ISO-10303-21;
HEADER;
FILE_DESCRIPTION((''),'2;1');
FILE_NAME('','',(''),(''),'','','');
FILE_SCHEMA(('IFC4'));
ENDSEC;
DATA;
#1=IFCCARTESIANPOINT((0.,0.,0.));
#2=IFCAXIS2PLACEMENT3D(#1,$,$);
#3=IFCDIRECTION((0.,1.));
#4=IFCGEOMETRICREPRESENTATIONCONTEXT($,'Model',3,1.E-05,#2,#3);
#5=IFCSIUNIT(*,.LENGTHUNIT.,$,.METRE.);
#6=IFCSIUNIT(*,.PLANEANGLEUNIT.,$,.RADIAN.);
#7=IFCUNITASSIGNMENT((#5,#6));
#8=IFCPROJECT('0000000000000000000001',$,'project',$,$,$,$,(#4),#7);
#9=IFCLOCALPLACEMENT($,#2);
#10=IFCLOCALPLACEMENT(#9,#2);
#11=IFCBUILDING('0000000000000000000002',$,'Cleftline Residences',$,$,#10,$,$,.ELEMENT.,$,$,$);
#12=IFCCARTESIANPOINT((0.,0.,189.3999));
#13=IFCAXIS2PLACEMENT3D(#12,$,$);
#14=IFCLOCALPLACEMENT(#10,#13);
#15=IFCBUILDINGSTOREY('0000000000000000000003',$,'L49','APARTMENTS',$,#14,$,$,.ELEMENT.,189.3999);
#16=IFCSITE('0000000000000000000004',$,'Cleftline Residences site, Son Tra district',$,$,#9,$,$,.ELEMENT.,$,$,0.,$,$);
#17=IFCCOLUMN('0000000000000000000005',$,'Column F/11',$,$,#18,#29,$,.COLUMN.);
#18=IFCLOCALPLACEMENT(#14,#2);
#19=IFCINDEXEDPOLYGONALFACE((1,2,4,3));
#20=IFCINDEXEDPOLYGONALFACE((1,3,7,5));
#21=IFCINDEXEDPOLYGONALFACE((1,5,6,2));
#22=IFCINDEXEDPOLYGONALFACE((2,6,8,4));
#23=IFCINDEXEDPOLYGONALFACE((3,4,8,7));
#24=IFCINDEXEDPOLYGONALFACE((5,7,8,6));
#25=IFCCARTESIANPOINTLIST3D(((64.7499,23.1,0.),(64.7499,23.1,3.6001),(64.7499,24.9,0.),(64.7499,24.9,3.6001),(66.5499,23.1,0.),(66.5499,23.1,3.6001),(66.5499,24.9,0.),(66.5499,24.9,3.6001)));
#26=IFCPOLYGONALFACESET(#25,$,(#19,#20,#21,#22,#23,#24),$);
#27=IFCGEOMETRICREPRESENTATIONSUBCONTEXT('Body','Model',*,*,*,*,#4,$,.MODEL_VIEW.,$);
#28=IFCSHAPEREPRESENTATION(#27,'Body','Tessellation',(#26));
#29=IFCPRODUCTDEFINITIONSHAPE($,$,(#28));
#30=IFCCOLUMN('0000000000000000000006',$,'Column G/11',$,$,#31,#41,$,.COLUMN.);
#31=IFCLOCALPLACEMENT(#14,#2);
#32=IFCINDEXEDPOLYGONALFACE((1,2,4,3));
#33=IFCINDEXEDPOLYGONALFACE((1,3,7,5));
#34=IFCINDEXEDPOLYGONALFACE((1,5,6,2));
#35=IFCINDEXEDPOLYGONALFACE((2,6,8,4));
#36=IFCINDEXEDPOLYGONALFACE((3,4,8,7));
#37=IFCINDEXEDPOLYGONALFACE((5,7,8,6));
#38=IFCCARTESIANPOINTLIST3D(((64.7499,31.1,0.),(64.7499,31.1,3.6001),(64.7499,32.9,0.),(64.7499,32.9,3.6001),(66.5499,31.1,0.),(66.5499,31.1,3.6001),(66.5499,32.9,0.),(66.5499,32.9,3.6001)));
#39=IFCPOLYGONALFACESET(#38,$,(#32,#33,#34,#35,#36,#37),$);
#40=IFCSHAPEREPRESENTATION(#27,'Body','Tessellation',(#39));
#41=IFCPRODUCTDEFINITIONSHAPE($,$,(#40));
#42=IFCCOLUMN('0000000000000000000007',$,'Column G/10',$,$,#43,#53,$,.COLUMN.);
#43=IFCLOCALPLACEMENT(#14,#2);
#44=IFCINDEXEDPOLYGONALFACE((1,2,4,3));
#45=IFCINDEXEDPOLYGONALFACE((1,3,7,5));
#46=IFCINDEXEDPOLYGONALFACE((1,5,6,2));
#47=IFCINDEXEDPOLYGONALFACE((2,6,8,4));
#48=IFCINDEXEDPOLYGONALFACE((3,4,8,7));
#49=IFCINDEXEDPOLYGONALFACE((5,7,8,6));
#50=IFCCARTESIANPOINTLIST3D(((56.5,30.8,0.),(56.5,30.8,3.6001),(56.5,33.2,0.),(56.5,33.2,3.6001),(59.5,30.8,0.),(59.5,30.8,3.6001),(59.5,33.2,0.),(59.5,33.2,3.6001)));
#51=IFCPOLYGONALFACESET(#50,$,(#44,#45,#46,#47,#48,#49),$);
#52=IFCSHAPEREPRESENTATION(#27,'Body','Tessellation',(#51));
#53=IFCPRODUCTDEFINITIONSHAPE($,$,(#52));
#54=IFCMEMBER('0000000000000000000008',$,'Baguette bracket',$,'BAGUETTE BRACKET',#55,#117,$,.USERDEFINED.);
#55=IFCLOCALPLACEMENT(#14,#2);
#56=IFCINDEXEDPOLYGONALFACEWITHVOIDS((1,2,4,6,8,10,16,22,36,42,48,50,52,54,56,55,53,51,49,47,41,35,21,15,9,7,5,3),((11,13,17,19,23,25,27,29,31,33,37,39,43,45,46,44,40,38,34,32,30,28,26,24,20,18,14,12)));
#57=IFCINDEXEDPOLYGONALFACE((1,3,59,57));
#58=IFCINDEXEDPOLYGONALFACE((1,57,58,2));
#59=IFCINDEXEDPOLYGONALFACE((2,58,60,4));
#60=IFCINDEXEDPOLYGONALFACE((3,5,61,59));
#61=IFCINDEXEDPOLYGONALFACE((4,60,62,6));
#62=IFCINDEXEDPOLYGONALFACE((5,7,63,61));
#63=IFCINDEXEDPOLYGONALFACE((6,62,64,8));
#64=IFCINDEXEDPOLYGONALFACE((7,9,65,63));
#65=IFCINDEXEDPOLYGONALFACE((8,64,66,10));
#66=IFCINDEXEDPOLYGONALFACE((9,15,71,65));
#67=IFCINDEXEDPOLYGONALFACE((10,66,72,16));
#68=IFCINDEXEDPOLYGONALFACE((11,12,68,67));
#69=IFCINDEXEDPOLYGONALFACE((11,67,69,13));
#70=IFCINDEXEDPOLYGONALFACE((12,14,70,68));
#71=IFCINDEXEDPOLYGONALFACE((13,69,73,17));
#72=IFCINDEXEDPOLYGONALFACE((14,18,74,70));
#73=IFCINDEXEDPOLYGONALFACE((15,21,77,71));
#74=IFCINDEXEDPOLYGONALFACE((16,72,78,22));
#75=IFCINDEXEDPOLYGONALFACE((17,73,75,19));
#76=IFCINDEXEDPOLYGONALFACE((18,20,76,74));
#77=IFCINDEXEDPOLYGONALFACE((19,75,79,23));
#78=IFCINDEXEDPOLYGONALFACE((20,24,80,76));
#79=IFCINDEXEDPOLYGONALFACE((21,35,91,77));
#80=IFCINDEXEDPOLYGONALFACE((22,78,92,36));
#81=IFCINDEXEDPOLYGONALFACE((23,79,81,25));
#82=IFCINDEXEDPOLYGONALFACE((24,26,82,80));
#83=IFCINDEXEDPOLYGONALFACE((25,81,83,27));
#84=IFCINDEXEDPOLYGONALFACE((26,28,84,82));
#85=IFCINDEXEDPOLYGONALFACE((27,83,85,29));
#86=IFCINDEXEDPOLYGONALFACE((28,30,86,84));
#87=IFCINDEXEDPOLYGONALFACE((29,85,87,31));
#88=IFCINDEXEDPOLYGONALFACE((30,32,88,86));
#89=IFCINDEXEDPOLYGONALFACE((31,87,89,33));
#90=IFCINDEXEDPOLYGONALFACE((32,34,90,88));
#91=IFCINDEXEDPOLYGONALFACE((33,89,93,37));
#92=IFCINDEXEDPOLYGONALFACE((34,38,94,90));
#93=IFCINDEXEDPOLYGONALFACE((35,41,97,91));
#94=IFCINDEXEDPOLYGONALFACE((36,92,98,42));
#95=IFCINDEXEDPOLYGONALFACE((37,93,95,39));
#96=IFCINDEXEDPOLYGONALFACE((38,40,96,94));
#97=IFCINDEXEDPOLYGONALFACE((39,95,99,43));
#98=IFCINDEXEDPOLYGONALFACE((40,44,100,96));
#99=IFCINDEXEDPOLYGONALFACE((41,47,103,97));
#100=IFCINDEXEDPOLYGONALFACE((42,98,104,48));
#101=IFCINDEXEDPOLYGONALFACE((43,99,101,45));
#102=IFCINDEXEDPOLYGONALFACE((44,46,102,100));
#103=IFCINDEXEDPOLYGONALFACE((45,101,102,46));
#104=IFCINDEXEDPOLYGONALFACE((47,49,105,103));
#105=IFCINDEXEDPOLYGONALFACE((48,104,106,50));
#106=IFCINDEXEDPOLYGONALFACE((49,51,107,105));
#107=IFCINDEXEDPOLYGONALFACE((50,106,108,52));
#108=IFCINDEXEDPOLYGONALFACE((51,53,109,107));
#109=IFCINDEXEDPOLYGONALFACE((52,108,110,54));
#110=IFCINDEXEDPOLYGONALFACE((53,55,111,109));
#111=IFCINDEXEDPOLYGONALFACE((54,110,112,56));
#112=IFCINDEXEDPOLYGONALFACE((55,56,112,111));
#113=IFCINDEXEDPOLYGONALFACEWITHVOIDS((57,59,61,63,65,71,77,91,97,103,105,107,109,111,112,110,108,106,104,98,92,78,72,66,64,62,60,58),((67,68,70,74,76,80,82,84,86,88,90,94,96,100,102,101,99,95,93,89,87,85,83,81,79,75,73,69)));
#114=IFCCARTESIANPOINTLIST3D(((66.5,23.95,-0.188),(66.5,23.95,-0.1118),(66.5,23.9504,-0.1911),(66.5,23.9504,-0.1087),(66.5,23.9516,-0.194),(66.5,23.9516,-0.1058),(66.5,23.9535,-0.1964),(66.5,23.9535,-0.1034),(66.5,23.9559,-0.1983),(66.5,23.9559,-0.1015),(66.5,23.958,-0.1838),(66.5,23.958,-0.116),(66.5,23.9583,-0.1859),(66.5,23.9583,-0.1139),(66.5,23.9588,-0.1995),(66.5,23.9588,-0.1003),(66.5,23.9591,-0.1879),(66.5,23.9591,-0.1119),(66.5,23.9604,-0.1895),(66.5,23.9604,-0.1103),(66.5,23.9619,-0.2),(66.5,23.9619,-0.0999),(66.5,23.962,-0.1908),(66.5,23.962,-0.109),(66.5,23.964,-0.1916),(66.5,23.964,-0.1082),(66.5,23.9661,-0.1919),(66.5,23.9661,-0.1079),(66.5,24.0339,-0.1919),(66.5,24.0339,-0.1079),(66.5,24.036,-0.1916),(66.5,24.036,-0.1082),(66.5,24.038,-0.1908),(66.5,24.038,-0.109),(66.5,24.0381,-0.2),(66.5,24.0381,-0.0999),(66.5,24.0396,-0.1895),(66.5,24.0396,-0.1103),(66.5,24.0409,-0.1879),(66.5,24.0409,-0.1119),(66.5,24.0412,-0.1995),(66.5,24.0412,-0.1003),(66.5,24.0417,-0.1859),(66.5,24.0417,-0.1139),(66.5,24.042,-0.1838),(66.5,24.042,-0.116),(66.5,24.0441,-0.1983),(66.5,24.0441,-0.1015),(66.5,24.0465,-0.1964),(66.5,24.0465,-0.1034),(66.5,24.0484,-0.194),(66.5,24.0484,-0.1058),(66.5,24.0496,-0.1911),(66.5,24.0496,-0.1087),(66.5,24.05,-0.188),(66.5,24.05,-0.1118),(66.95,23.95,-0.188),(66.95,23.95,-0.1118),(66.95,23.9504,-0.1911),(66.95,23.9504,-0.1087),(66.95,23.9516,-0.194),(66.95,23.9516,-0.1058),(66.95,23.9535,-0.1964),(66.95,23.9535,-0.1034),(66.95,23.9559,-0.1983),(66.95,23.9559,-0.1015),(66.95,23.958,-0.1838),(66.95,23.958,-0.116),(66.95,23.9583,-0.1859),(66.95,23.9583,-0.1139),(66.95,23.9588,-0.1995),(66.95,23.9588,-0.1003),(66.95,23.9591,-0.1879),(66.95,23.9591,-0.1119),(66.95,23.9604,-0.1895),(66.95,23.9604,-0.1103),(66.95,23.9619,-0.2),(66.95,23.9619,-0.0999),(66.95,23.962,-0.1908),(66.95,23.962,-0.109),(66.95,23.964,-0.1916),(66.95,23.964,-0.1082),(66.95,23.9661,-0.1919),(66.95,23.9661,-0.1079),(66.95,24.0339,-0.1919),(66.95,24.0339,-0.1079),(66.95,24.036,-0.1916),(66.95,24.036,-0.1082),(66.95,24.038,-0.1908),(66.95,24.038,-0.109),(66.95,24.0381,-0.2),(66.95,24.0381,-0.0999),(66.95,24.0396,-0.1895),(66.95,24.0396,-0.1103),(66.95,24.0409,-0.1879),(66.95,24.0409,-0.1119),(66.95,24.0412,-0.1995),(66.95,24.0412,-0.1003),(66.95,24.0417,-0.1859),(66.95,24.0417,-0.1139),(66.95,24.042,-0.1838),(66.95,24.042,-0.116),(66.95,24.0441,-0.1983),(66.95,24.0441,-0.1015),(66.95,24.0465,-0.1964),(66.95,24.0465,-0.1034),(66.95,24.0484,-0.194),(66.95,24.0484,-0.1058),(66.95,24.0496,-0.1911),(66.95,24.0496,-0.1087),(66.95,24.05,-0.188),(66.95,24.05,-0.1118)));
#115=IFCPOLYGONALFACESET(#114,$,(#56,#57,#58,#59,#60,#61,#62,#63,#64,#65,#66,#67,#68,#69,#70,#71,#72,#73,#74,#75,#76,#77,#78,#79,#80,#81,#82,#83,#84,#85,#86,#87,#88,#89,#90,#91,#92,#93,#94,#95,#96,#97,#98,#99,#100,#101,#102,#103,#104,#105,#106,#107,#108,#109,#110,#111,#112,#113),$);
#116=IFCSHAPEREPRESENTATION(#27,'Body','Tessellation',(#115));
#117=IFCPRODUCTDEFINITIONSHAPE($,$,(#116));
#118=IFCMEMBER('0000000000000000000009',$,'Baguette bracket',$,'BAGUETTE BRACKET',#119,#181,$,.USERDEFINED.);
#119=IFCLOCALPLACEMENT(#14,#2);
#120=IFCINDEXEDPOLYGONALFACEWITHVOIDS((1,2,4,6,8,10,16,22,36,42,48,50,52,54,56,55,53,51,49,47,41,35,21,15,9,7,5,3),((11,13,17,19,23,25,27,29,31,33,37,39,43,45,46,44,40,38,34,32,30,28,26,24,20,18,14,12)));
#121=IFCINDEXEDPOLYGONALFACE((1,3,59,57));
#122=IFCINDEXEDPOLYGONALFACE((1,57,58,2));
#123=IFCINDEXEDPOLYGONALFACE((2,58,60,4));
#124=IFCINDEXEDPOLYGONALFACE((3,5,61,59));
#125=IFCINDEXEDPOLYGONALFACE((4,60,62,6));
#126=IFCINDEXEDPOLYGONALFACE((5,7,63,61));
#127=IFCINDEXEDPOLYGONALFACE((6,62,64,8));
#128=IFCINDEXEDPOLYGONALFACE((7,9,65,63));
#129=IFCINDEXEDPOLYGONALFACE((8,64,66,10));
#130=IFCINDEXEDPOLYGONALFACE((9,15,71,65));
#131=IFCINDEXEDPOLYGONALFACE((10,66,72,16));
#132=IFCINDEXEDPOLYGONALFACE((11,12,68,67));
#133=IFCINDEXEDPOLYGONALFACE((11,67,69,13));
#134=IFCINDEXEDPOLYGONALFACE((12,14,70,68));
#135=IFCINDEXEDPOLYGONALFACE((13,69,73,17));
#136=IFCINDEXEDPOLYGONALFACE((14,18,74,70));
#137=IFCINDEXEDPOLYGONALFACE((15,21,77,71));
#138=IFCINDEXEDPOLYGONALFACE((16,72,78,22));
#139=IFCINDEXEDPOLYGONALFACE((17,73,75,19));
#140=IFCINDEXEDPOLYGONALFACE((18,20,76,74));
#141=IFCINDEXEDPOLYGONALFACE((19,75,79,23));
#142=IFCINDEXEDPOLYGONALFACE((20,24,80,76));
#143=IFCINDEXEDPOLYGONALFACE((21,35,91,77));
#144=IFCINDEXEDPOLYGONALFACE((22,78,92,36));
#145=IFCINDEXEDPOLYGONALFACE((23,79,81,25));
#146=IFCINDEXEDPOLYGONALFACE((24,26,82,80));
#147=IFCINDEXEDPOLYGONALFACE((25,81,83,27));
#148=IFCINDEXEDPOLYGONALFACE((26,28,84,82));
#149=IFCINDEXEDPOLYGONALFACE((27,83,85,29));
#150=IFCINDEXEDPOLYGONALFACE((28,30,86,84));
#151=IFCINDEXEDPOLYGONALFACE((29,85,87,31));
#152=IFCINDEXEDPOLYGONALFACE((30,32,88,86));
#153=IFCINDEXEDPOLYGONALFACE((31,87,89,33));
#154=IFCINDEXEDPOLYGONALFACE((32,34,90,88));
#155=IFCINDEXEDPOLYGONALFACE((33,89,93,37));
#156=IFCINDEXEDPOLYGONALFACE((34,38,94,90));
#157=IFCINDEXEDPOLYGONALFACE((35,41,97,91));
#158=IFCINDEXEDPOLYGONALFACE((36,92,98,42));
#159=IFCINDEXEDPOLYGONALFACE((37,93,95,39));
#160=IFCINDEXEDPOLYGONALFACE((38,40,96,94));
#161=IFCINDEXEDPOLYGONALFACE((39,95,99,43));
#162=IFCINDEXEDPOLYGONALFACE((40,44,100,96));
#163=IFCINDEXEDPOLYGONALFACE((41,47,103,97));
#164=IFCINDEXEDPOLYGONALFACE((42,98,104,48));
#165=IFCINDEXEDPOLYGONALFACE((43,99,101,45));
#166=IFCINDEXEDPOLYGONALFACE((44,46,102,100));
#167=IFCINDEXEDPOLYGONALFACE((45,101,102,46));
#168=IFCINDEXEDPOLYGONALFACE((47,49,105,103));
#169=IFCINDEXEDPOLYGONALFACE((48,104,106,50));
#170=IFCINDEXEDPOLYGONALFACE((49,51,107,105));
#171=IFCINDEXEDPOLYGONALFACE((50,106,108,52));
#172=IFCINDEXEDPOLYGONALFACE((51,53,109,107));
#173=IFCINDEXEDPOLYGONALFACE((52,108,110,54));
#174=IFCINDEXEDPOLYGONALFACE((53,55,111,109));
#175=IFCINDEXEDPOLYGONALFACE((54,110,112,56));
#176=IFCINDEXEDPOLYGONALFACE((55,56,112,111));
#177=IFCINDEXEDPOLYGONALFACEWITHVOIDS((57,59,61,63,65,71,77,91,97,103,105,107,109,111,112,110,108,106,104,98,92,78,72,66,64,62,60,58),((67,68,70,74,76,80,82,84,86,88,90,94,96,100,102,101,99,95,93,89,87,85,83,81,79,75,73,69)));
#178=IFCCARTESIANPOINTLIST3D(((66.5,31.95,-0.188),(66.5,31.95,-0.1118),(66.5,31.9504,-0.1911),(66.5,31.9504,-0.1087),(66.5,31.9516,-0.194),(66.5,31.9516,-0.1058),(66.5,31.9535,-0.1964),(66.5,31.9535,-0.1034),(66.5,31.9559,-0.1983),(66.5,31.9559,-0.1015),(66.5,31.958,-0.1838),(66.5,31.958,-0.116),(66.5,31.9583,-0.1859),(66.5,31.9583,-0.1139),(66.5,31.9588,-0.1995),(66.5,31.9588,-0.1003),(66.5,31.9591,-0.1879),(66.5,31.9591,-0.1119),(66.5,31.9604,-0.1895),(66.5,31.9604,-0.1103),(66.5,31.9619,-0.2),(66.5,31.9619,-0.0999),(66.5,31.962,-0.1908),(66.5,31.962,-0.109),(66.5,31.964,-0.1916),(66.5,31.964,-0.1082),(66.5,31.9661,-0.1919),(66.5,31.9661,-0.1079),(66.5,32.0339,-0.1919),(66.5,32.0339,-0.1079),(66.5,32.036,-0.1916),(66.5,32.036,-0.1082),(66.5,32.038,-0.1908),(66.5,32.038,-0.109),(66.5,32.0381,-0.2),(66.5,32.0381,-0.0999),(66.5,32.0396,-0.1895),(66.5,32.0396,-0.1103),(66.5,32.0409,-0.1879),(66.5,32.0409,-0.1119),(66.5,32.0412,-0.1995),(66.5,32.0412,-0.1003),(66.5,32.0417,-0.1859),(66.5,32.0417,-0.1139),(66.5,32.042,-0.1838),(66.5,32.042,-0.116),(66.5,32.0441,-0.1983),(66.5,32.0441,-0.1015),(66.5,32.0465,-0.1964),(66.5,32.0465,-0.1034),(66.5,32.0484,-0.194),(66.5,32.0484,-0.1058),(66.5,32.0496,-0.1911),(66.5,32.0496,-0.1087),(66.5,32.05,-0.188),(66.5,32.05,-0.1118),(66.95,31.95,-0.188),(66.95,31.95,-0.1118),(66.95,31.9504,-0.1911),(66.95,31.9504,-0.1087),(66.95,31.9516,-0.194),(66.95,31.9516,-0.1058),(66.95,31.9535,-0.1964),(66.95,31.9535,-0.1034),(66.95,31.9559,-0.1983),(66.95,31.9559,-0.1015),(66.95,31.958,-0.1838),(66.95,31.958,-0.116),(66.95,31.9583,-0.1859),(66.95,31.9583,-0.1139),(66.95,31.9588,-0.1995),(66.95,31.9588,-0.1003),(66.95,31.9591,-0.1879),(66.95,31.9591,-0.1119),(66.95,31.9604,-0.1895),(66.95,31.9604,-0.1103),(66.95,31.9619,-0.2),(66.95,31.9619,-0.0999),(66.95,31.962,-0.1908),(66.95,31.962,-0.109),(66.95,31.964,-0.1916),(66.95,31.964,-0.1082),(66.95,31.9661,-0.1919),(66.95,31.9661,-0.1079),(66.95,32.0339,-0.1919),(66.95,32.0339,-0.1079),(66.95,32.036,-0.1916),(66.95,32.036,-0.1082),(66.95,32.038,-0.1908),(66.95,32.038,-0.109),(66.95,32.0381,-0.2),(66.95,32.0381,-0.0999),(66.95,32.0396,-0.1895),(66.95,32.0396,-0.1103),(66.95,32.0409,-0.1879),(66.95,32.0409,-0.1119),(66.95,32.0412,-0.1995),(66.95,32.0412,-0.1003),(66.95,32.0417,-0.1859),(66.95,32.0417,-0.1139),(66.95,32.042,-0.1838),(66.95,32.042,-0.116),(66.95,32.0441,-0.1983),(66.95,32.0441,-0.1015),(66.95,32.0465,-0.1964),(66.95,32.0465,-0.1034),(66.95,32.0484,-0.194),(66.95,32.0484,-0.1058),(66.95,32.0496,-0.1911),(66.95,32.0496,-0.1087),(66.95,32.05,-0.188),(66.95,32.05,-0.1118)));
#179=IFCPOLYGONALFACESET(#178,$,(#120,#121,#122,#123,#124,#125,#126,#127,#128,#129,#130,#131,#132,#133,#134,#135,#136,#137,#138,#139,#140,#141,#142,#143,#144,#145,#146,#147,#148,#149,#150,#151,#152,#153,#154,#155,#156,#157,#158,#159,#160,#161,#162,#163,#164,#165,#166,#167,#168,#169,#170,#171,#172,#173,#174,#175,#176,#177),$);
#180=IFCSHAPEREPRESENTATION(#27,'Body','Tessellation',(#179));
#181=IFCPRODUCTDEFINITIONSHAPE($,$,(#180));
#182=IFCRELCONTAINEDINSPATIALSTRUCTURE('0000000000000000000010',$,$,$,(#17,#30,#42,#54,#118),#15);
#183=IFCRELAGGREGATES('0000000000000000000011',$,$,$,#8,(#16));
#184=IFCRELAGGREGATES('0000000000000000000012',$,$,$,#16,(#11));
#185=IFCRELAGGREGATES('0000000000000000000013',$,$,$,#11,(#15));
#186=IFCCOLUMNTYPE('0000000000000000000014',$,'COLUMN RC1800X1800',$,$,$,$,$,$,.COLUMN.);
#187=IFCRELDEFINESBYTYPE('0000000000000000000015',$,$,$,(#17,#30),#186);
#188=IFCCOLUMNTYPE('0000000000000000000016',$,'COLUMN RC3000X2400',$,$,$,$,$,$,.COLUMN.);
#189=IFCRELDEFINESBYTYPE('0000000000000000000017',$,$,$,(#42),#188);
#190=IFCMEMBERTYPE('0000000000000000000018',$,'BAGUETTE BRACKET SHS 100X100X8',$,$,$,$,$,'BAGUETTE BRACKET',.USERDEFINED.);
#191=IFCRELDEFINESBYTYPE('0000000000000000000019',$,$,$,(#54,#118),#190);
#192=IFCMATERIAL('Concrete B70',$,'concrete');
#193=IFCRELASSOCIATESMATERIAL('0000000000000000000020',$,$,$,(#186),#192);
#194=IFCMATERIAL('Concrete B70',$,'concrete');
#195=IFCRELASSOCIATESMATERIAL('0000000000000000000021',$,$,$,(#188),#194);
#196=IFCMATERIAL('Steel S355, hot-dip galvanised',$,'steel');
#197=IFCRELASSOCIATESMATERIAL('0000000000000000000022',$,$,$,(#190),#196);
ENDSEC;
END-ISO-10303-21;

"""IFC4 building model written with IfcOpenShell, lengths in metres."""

from ifc_helpers import new_model, si_unit, direction, frame, origin, origin_2d, place, context, subcontext, project, spatial, rectangle, hollow_rectangle, extrude, material, material_profile, profile_set, type_object, element, save


model = new_model("IFC4")

# Units and contexts
model_context = context("Model", 3, precision=1e-05, world=origin(), true_north=direction((0.0, 1.0)))
body_context = subcontext(model_context, "Body", "Model", "MODEL_VIEW")
ifc_project = project(units=[si_unit("LENGTHUNIT", "METRE"), si_unit("PLANEANGLEUNIT", "RADIAN")], contexts=[model_context])

# Site, building, storey
site_placement = place(None, origin())
site = spatial("IfcSite", under=ifc_project, at=site_placement, Name="Cleftline Residences site, Son Tra district", CompositionType="ELEMENT", RefElevation=0.0)
building_placement = place(site_placement, origin())
building = spatial("IfcBuilding", under=site, at=building_placement, Name="Cleftline Residences", CompositionType="ELEMENT")
storey_placement = place(building_placement, frame((0.0, 0.0, 189.3999)))
storey = spatial("IfcBuildingStorey", under=building, at=storey_placement, Name="L49", Description="APARTMENTS", CompositionType="ELEMENT", Elevation=189.3999)

# Columns
ifc_material_1 = material(Name="Concrete B70", Category="concrete")
ifc_material_profile_1 = material_profile(ifc_material_1, rectangle(XDim=1.8, YDim=1.8, at=origin_2d()))
ifc_profile_set_1 = profile_set([ifc_material_profile_1], Name="Concrete B70")
column_type_1 = type_object("IfcColumnType", Name="COLUMN RC1800X1800", PredefinedType="COLUMN", material=ifc_profile_set_1)
for number, where, z_axis, x_axis, name in (
    (1, (65.6499, 24.0, 0.0), (0.0, 0.0, 1.0), (1.0, 0.0, 0.0), "Column F/11"),
    (2, (65.6499, 32.0, 0.0), (0.0, 0.0, 1.0), (1.0, 0.0, 0.0), "Column G/11"),
):
    element("IfcColumn", number, at=place(storey_placement, frame(where, z_axis=z_axis, x_axis=x_axis)), inside=storey, type_object=column_type_1, Name=name, PredefinedType="COLUMN", context=body_context, shape_type="SweptSolid", body=[
        extrude(rectangle(XDim=1.8, YDim=1.8, at=origin_2d()), origin(), (0.0, 0.0, 1.0), 3.6001),
    ])
ifc_material_2 = material(Name="Concrete B70", Category="concrete")
ifc_material_profile_2 = material_profile(ifc_material_2, rectangle(XDim=3.0, YDim=2.3999, at=origin_2d()))
ifc_profile_set_2 = profile_set([ifc_material_profile_2], Name="Concrete B70")
column_type_2 = type_object("IfcColumnType", Name="COLUMN RC3000X2400", PredefinedType="COLUMN", material=ifc_profile_set_2)
column_placement = place(storey_placement, frame((58.0, 32.0, 0.0), z_axis=(0.0, 0.0, 1.0), x_axis=(1.0, 0.0, 0.0)))
element("IfcColumn", 3, at=column_placement, inside=storey, type_object=column_type_2, Name="Column G/10", PredefinedType="COLUMN", context=body_context, shape_type="SweptSolid", body=[
    extrude(rectangle(XDim=3.0, YDim=2.3999, at=origin_2d()), origin(), (0.0, 0.0, 1.0), 3.6001),
])

# Members
ifc_material_3 = material(Name="Steel S355, hot-dip galvanised", Category="steel")
ifc_material_profile_3 = material_profile(ifc_material_3, hollow_rectangle(XDim=0.1001, YDim=0.1001, WallThickness=0.0081, InnerFilletRadius=0.0081, OuterFilletRadius=0.012, at=origin_2d()))
ifc_profile_set_3 = profile_set([ifc_material_profile_3], Name="Steel S355, hot-dip galvanised")
member_type_1 = type_object("IfcMemberType", Name="BAGUETTE BRACKET SHS 100X100X8", ElementType="BAGUETTE BRACKET", PredefinedType="USERDEFINED", material=ifc_profile_set_3)
for number, where, z_axis, x_axis, name in (
    (4, (66.5, 24.0, -0.1499), (1.0, 0.0, 0.0), (0.0, 1.0, 0.0), "Baguette bracket"),
    (5, (66.5, 32.0, -0.1499), (1.0, 0.0, 0.0), (0.0, 1.0, 0.0), "Baguette bracket"),
):
    element("IfcMember", number, at=place(storey_placement, frame(where, z_axis=z_axis, x_axis=x_axis)), inside=storey, type_object=member_type_1, Name=name, ObjectType="BAGUETTE BRACKET", PredefinedType="USERDEFINED", context=body_context, shape_type="SweptSolid", body=[
        extrude(hollow_rectangle(XDim=0.1001, YDim=0.1001, WallThickness=0.0081, InnerFilletRadius=0.0081, OuterFilletRadius=0.012, at=origin_2d()), origin(), (0.0, 0.0, 1.0), 0.45),
    ])

save(model, "model.ifc")
